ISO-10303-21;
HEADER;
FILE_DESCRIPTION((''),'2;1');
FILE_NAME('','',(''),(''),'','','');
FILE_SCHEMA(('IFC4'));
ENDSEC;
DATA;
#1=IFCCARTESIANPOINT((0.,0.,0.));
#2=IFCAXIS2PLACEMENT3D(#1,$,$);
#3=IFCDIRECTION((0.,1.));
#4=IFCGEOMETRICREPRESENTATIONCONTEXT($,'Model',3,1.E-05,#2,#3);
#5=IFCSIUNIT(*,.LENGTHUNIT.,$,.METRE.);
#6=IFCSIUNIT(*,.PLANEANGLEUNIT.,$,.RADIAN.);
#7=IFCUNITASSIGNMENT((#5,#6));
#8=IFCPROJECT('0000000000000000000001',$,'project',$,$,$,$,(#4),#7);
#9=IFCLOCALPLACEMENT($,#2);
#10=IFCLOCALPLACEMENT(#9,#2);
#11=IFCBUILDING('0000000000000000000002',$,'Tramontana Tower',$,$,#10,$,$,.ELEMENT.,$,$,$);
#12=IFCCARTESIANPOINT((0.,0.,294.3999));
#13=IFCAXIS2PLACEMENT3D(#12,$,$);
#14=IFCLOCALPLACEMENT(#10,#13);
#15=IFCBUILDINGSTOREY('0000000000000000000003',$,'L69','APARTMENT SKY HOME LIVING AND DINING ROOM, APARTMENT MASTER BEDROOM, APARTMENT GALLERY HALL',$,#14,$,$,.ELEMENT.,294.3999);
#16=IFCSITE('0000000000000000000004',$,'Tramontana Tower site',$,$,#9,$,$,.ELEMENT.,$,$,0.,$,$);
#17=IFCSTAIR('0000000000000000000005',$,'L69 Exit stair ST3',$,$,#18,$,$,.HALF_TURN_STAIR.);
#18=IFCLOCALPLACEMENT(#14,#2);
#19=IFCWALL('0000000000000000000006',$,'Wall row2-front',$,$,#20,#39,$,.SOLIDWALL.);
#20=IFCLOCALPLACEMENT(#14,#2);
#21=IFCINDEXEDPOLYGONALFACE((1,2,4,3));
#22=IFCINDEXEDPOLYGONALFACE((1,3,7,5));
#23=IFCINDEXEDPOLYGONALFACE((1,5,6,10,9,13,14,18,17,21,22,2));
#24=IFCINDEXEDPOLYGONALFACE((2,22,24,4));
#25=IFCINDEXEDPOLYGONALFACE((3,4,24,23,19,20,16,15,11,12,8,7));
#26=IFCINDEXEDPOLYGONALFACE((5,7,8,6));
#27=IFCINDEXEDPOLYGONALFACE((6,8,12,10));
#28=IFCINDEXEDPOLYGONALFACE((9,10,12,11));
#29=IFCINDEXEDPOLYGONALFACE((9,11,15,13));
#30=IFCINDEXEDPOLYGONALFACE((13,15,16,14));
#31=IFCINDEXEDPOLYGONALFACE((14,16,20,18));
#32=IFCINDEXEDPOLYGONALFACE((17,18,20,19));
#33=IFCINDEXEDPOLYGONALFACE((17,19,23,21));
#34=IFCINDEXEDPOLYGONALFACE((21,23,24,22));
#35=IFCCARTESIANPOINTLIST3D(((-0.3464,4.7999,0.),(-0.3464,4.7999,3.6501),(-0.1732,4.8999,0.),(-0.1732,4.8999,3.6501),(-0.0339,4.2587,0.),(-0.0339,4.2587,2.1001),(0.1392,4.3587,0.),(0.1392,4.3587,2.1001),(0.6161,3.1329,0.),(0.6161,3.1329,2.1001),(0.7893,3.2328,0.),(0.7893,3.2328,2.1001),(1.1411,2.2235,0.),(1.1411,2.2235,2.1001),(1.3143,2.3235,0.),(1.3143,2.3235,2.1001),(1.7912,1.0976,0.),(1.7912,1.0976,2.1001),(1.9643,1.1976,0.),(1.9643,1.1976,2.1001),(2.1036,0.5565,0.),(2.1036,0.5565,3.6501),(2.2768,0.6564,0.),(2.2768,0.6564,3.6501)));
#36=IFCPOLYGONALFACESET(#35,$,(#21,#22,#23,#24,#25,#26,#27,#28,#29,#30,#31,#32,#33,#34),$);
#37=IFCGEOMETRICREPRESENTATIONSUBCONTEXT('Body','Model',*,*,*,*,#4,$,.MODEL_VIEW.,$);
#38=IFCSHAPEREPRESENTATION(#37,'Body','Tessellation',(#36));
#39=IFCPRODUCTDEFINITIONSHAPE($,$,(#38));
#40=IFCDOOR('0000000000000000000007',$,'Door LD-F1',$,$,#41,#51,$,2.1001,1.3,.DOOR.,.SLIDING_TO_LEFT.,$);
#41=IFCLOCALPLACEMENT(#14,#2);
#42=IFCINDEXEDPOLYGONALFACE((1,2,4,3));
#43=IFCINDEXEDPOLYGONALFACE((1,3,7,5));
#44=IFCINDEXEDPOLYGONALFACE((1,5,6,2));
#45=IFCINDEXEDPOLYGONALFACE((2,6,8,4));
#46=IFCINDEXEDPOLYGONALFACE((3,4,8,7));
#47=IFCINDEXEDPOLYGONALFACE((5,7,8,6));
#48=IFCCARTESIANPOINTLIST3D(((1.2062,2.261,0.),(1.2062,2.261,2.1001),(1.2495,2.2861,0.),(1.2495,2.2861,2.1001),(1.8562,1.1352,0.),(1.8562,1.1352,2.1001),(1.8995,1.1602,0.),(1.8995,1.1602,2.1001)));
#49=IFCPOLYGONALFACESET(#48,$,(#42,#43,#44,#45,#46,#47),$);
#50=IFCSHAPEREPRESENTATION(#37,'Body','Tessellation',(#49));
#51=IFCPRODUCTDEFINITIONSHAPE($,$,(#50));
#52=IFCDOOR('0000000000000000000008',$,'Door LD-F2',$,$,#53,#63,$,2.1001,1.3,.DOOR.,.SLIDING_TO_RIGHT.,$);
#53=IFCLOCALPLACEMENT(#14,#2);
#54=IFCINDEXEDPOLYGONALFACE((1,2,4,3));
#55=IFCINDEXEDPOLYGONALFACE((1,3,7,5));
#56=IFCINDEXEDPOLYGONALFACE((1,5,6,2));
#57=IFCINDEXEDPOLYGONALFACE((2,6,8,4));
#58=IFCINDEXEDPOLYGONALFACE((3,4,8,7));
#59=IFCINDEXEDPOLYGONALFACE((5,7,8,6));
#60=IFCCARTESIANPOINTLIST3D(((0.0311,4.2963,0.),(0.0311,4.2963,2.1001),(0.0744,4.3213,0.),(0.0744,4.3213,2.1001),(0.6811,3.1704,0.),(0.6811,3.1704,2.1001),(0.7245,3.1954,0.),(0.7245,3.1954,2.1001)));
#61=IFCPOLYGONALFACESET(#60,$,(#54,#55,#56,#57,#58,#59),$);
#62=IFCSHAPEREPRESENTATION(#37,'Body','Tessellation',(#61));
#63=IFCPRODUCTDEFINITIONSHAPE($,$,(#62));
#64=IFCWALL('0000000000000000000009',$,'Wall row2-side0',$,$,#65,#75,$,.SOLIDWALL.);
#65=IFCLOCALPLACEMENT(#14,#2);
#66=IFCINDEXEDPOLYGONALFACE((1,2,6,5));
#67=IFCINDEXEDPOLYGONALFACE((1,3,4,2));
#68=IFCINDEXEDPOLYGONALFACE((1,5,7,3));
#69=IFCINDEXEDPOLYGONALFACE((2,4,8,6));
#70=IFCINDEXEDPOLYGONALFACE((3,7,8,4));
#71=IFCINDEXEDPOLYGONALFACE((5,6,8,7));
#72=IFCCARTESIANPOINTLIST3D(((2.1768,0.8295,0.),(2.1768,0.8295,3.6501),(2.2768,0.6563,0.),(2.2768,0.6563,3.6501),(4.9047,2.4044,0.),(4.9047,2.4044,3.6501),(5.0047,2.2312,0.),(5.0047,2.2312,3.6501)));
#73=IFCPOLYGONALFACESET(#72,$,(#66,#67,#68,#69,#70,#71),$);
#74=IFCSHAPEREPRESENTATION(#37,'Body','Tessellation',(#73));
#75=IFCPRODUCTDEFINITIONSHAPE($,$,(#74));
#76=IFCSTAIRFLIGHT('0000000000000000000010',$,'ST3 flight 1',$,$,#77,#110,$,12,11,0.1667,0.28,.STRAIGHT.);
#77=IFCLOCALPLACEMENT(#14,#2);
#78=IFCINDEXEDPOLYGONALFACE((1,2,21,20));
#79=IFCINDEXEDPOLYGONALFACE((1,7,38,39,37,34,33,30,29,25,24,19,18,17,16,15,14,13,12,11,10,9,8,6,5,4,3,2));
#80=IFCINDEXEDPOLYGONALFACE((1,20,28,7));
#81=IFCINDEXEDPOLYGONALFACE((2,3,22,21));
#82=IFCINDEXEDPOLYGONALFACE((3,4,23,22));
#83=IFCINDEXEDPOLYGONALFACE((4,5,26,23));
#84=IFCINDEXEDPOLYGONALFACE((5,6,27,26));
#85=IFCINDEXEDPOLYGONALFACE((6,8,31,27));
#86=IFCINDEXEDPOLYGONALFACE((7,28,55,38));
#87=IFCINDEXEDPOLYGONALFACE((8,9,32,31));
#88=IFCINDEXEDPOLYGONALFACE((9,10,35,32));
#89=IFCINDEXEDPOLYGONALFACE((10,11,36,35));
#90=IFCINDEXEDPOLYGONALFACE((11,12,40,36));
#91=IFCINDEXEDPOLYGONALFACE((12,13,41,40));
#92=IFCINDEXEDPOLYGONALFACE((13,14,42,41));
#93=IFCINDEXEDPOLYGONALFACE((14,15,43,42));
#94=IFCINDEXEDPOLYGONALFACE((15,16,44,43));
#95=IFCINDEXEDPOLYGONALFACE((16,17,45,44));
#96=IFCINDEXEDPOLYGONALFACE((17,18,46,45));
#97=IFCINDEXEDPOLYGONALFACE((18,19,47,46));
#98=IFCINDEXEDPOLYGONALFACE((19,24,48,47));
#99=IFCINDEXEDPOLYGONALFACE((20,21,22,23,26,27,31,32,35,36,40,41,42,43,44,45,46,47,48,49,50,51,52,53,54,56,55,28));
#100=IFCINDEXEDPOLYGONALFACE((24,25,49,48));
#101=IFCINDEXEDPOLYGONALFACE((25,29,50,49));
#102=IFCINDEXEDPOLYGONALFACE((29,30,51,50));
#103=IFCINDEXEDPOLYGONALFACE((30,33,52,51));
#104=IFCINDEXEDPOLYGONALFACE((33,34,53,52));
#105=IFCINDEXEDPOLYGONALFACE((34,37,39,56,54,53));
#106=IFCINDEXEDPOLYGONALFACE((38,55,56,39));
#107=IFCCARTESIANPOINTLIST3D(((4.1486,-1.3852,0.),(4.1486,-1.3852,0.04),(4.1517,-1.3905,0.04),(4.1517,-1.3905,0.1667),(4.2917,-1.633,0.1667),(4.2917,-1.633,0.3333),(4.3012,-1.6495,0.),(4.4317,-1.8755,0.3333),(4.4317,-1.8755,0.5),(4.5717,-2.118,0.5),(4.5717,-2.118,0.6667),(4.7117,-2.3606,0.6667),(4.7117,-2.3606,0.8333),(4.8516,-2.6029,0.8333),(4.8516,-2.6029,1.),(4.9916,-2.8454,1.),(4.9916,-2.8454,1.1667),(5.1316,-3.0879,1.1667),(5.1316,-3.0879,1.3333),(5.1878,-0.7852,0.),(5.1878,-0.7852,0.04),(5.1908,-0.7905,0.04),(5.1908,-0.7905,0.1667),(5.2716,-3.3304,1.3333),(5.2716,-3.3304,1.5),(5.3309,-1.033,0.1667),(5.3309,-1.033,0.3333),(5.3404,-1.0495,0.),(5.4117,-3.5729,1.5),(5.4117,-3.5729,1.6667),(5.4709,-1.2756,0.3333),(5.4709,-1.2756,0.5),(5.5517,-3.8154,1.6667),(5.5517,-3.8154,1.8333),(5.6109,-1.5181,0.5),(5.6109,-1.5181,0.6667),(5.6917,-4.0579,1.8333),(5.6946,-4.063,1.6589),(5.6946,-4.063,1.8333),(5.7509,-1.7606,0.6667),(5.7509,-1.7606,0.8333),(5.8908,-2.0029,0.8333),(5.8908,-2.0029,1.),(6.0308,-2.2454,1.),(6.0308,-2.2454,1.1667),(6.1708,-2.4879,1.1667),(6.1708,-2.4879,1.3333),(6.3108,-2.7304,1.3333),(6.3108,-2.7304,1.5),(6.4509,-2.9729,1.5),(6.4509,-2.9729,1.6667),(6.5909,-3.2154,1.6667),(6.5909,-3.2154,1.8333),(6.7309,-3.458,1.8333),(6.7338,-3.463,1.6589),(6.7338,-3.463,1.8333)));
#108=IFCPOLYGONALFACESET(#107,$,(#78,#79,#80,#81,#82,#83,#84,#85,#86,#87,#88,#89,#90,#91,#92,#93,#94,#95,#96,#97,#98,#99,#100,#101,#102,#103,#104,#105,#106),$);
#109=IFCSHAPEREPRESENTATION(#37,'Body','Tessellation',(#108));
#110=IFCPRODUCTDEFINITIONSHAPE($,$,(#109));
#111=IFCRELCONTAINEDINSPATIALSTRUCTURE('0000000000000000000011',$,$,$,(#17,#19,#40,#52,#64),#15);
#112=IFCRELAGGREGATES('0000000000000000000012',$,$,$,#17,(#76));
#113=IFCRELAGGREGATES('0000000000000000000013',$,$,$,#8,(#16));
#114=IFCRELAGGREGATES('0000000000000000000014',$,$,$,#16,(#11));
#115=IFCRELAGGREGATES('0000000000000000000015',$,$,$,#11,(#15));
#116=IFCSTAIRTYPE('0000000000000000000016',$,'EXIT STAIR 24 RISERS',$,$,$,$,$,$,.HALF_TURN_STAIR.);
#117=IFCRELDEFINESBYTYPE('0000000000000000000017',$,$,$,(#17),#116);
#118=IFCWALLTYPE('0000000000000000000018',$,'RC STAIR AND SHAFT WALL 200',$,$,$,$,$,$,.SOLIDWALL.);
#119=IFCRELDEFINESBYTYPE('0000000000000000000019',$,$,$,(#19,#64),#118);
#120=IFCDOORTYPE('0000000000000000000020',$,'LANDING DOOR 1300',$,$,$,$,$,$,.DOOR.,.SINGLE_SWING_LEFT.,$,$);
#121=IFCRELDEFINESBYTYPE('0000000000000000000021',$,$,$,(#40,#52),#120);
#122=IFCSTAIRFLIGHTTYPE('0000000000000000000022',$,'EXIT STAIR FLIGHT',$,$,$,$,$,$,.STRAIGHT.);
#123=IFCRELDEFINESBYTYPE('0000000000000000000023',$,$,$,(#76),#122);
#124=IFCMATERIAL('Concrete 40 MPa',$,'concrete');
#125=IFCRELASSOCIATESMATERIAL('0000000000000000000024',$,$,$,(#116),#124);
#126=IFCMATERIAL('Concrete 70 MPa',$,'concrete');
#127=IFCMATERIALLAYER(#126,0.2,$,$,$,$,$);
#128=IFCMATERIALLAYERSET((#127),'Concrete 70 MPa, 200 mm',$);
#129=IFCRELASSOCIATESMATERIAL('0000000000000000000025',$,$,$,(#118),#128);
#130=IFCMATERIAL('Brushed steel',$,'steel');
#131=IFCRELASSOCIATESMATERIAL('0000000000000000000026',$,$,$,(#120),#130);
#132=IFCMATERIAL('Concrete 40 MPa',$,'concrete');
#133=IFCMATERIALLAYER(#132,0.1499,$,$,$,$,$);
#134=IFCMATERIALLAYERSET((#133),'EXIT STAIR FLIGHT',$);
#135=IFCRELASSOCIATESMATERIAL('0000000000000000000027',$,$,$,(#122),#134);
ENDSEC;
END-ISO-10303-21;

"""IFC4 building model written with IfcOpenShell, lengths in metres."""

from ifc_helpers import new_model, si_unit, direction, frame, frame_2d, origin, place, context, subcontext, project, spatial, polyline, rectangle, outline, extrude, material, layer, layer_set, type_object, element, fill, aggregate, save


model = new_model("IFC4")

# Units and contexts
model_context = context("Model", 3, precision=1e-05, world=origin(), true_north=direction((0.0, 1.0)))
body_context = subcontext(model_context, "Body", "Model", "MODEL_VIEW")
ifc_project = project(units=[si_unit("LENGTHUNIT", "METRE"), si_unit("PLANEANGLEUNIT", "RADIAN")], contexts=[model_context])

# Site, building, storey
site_placement = place(None, origin())
site = spatial("IfcSite", under=ifc_project, at=site_placement, Name="Tramontana Tower site", CompositionType="ELEMENT", RefElevation=0.0)
building_placement = place(site_placement, origin())
building = spatial("IfcBuilding", under=site, at=building_placement, Name="Tramontana Tower", CompositionType="ELEMENT")
storey_placement = place(building_placement, frame((0.0, 0.0, 294.3999)))
storey = spatial("IfcBuildingStorey", under=building, at=storey_placement, Name="L69", Description="APARTMENT SKY HOME LIVING AND DINING ROOM, APARTMENT MASTER BEDROOM, APARTMENT GALLERY HALL", CompositionType="ELEMENT", Elevation=294.3999)

# Stair
ifc_material_1 = material(Name="Concrete 40 MPa", Category="concrete")
stair_type = type_object("IfcStairType", Name="EXIT STAIR 24 RISERS", PredefinedType="HALF_TURN_STAIR", material=ifc_material_1)
stair_1_placement = place(storey_placement, origin())
stair_1 = element("IfcStair", 1, at=stair_1_placement, inside=storey, type_object=stair_type, Name="L69 Exit stair ST3", PredefinedType="HALF_TURN_STAIR")

# Shared definitions
ifc_material_2 = material(Name="Concrete 70 MPa", Category="concrete")
ifc_layer_1 = layer(ifc_material_2, 0.2)
ifc_layer_set_1 = layer_set([ifc_layer_1], Name="Concrete 70 MPa, 200 mm")
wall_type_1 = type_object("IfcWallType", Name="RC STAIR AND SHAFT WALL 200", PredefinedType="SOLIDWALL", material=ifc_layer_set_1)

# Wall, openings, doors
wall_1_placement = place(storey_placement, frame((2.1902, 0.6064, 0.0), z_axis=(0.0, 0.0, 1.0), x_axis=(-0.500003, 0.866024, 0.0)))
wall_1 = element("IfcWall", 2, at=wall_1_placement, inside=storey, type_object=wall_type_1, Name="Wall row2-front", PredefinedType="SOLIDWALL", context=body_context, shape_type="SweptSolid", body=[
    extrude(rectangle(XDim=4.8999, YDim=0.2, at=frame_2d((2.45, 0.0))), origin(), (0.0, 0.0, 1.0), 3.6501),
])
opening_1_placement = place(wall_1_placement, frame((0.625, 0.0, 0.0)))
opening_1 = element("IfcOpeningElement", 3, at=opening_1_placement, cuts=wall_1, PredefinedType="OPENING", context=body_context, shape_type="SweptSolid", body=[
    extrude(rectangle(XDim=1.3, YDim=2.1001, at=frame_2d((0.6499, 1.05))), frame((0.0, 0.1099, 0.0), z_axis=(0.0, -1.0, 0.0), x_axis=(1.0, 0.0, 0.0)), (0.0, 0.0, 1.0), 0.22),
])
opening_2_placement = place(wall_1_placement, frame((2.9751, 0.0, 0.0)))
opening_2 = element("IfcOpeningElement", 4, at=opening_2_placement, cuts=wall_1, PredefinedType="OPENING", context=body_context, shape_type="SweptSolid", body=[
    extrude(rectangle(XDim=1.3, YDim=2.1001, at=frame_2d((0.6499, 1.05))), frame((0.0, 0.1099, 0.0), z_axis=(0.0, -1.0, 0.0), x_axis=(1.0, 0.0, 0.0)), (0.0, 0.0, 1.0), 0.22),
])
ifc_material_3 = material(Name="Brushed steel", Category="steel")
door_type_1 = type_object("IfcDoorType", Name="LANDING DOOR 1300", OperationType="SINGLE_SWING_LEFT", PredefinedType="DOOR", material=ifc_material_3)
door_1_placement = place(opening_1_placement, origin())
door_1 = element("IfcDoor", 5, at=door_1_placement, inside=storey, type_object=door_type_1, Name="Door LD-F1", OperationType="SLIDING_TO_LEFT", OverallHeight=2.1001, OverallWidth=1.3, PredefinedType="DOOR", context=body_context, shape_type="SweptSolid", body=[
    extrude(rectangle(XDim=1.3, YDim=2.1001, at=frame_2d((0.6499, 1.05))), frame((0.0, 0.0249, 0.0), z_axis=(0.0, -1.0, 0.0), x_axis=(1.0, 0.0, 0.0)), (0.0, 0.0, 1.0), 0.05),
])
fill(opening_1, door_1)
door_2_placement = place(opening_2_placement, origin())
door_2 = element("IfcDoor", 6, at=door_2_placement, inside=storey, type_object=door_type_1, Name="Door LD-F2", OperationType="SLIDING_TO_RIGHT", OverallHeight=2.1001, OverallWidth=1.3, PredefinedType="DOOR", context=body_context, shape_type="SweptSolid", body=[
    extrude(rectangle(XDim=1.3, YDim=2.1001, at=frame_2d((0.6499, 1.05))), frame((0.0, 0.0249, 0.0), z_axis=(0.0, -1.0, 0.0), x_axis=(1.0, 0.0, 0.0)), (0.0, 0.0, 1.0), 0.05),
])
fill(opening_2, door_2)

# Wall
wall_2_placement = place(storey_placement, frame((2.2268, 0.7429, 0.0), z_axis=(0.0, 0.0, 1.0), x_axis=(0.866036, 0.499982, 0.0)))
element("IfcWall", 7, at=wall_2_placement, inside=storey, type_object=wall_type_1, Name="Wall row2-side0", PredefinedType="SOLIDWALL", context=body_context, shape_type="SweptSolid", body=[
    extrude(rectangle(XDim=3.1499, YDim=0.2, at=frame_2d((1.575, 0.0))), origin(), (0.0, 0.0, 1.0), 3.6501),
])

# Stair flight
ifc_material_4 = material(Name="Concrete 40 MPa", Category="concrete")
ifc_layer_2 = layer(ifc_material_4, 0.1499)
ifc_layer_set_2 = layer_set([ifc_layer_2], Name="EXIT STAIR FLIGHT")
stair_flight_type = type_object("IfcStairFlightType", Name="EXIT STAIR FLIGHT", PredefinedType="STRAIGHT", material=ifc_layer_set_2)
stair_flight_placement = place(storey_placement, frame((4.6711, -1.0906, 0.0), z_axis=(0.0, 0.0, 1.0), x_axis=(0.5, -0.866025, 0.0)))
stair_flight = element("IfcStairFlight", 8, at=stair_flight_placement, type_object=stair_flight_type, Name="ST3 flight 1", NumberOfRisers=12, NumberOfTreads=11, PredefinedType="STRAIGHT", RiserHeight=0.1667, TreadLength=0.28, context=body_context, shape_type="SweptSolid", body=[
    extrude(outline(polyline([(-0.0061, 0.0), (-0.0061, 0.04), (0.0, 0.04), (0.0, 0.1667), (0.28, 0.1667), (0.28, 0.3333), (0.5601, 0.3333), (0.5601, 0.5), (0.8401, 0.5), (0.8401, 0.6667), (1.1201, 0.6667), (1.1201, 0.8333), (1.3999, 0.8333), (1.3999, 1.0), (1.6799, 1.0), (1.6799, 1.1667), (1.96, 1.1667), (1.96, 1.3333), (2.24, 1.3333), (2.24, 1.5), (2.52, 1.5), (2.52, 1.6667), (2.8, 1.6667), (2.8, 1.8333), (3.0801, 1.8333), (3.0859, 1.8333), (3.0859, 1.6589), (0.2991, 0.0), (-0.0061, 0.0)])), frame((0.0, 0.6001, 0.0), z_axis=(0.0, -1.0, 0.0), x_axis=(1.0, 0.0, 0.0)), (0.0, 0.0, 1.0), 1.2),
])
aggregate(stair_1, [stair_flight])

save(model, "model.ifc")
